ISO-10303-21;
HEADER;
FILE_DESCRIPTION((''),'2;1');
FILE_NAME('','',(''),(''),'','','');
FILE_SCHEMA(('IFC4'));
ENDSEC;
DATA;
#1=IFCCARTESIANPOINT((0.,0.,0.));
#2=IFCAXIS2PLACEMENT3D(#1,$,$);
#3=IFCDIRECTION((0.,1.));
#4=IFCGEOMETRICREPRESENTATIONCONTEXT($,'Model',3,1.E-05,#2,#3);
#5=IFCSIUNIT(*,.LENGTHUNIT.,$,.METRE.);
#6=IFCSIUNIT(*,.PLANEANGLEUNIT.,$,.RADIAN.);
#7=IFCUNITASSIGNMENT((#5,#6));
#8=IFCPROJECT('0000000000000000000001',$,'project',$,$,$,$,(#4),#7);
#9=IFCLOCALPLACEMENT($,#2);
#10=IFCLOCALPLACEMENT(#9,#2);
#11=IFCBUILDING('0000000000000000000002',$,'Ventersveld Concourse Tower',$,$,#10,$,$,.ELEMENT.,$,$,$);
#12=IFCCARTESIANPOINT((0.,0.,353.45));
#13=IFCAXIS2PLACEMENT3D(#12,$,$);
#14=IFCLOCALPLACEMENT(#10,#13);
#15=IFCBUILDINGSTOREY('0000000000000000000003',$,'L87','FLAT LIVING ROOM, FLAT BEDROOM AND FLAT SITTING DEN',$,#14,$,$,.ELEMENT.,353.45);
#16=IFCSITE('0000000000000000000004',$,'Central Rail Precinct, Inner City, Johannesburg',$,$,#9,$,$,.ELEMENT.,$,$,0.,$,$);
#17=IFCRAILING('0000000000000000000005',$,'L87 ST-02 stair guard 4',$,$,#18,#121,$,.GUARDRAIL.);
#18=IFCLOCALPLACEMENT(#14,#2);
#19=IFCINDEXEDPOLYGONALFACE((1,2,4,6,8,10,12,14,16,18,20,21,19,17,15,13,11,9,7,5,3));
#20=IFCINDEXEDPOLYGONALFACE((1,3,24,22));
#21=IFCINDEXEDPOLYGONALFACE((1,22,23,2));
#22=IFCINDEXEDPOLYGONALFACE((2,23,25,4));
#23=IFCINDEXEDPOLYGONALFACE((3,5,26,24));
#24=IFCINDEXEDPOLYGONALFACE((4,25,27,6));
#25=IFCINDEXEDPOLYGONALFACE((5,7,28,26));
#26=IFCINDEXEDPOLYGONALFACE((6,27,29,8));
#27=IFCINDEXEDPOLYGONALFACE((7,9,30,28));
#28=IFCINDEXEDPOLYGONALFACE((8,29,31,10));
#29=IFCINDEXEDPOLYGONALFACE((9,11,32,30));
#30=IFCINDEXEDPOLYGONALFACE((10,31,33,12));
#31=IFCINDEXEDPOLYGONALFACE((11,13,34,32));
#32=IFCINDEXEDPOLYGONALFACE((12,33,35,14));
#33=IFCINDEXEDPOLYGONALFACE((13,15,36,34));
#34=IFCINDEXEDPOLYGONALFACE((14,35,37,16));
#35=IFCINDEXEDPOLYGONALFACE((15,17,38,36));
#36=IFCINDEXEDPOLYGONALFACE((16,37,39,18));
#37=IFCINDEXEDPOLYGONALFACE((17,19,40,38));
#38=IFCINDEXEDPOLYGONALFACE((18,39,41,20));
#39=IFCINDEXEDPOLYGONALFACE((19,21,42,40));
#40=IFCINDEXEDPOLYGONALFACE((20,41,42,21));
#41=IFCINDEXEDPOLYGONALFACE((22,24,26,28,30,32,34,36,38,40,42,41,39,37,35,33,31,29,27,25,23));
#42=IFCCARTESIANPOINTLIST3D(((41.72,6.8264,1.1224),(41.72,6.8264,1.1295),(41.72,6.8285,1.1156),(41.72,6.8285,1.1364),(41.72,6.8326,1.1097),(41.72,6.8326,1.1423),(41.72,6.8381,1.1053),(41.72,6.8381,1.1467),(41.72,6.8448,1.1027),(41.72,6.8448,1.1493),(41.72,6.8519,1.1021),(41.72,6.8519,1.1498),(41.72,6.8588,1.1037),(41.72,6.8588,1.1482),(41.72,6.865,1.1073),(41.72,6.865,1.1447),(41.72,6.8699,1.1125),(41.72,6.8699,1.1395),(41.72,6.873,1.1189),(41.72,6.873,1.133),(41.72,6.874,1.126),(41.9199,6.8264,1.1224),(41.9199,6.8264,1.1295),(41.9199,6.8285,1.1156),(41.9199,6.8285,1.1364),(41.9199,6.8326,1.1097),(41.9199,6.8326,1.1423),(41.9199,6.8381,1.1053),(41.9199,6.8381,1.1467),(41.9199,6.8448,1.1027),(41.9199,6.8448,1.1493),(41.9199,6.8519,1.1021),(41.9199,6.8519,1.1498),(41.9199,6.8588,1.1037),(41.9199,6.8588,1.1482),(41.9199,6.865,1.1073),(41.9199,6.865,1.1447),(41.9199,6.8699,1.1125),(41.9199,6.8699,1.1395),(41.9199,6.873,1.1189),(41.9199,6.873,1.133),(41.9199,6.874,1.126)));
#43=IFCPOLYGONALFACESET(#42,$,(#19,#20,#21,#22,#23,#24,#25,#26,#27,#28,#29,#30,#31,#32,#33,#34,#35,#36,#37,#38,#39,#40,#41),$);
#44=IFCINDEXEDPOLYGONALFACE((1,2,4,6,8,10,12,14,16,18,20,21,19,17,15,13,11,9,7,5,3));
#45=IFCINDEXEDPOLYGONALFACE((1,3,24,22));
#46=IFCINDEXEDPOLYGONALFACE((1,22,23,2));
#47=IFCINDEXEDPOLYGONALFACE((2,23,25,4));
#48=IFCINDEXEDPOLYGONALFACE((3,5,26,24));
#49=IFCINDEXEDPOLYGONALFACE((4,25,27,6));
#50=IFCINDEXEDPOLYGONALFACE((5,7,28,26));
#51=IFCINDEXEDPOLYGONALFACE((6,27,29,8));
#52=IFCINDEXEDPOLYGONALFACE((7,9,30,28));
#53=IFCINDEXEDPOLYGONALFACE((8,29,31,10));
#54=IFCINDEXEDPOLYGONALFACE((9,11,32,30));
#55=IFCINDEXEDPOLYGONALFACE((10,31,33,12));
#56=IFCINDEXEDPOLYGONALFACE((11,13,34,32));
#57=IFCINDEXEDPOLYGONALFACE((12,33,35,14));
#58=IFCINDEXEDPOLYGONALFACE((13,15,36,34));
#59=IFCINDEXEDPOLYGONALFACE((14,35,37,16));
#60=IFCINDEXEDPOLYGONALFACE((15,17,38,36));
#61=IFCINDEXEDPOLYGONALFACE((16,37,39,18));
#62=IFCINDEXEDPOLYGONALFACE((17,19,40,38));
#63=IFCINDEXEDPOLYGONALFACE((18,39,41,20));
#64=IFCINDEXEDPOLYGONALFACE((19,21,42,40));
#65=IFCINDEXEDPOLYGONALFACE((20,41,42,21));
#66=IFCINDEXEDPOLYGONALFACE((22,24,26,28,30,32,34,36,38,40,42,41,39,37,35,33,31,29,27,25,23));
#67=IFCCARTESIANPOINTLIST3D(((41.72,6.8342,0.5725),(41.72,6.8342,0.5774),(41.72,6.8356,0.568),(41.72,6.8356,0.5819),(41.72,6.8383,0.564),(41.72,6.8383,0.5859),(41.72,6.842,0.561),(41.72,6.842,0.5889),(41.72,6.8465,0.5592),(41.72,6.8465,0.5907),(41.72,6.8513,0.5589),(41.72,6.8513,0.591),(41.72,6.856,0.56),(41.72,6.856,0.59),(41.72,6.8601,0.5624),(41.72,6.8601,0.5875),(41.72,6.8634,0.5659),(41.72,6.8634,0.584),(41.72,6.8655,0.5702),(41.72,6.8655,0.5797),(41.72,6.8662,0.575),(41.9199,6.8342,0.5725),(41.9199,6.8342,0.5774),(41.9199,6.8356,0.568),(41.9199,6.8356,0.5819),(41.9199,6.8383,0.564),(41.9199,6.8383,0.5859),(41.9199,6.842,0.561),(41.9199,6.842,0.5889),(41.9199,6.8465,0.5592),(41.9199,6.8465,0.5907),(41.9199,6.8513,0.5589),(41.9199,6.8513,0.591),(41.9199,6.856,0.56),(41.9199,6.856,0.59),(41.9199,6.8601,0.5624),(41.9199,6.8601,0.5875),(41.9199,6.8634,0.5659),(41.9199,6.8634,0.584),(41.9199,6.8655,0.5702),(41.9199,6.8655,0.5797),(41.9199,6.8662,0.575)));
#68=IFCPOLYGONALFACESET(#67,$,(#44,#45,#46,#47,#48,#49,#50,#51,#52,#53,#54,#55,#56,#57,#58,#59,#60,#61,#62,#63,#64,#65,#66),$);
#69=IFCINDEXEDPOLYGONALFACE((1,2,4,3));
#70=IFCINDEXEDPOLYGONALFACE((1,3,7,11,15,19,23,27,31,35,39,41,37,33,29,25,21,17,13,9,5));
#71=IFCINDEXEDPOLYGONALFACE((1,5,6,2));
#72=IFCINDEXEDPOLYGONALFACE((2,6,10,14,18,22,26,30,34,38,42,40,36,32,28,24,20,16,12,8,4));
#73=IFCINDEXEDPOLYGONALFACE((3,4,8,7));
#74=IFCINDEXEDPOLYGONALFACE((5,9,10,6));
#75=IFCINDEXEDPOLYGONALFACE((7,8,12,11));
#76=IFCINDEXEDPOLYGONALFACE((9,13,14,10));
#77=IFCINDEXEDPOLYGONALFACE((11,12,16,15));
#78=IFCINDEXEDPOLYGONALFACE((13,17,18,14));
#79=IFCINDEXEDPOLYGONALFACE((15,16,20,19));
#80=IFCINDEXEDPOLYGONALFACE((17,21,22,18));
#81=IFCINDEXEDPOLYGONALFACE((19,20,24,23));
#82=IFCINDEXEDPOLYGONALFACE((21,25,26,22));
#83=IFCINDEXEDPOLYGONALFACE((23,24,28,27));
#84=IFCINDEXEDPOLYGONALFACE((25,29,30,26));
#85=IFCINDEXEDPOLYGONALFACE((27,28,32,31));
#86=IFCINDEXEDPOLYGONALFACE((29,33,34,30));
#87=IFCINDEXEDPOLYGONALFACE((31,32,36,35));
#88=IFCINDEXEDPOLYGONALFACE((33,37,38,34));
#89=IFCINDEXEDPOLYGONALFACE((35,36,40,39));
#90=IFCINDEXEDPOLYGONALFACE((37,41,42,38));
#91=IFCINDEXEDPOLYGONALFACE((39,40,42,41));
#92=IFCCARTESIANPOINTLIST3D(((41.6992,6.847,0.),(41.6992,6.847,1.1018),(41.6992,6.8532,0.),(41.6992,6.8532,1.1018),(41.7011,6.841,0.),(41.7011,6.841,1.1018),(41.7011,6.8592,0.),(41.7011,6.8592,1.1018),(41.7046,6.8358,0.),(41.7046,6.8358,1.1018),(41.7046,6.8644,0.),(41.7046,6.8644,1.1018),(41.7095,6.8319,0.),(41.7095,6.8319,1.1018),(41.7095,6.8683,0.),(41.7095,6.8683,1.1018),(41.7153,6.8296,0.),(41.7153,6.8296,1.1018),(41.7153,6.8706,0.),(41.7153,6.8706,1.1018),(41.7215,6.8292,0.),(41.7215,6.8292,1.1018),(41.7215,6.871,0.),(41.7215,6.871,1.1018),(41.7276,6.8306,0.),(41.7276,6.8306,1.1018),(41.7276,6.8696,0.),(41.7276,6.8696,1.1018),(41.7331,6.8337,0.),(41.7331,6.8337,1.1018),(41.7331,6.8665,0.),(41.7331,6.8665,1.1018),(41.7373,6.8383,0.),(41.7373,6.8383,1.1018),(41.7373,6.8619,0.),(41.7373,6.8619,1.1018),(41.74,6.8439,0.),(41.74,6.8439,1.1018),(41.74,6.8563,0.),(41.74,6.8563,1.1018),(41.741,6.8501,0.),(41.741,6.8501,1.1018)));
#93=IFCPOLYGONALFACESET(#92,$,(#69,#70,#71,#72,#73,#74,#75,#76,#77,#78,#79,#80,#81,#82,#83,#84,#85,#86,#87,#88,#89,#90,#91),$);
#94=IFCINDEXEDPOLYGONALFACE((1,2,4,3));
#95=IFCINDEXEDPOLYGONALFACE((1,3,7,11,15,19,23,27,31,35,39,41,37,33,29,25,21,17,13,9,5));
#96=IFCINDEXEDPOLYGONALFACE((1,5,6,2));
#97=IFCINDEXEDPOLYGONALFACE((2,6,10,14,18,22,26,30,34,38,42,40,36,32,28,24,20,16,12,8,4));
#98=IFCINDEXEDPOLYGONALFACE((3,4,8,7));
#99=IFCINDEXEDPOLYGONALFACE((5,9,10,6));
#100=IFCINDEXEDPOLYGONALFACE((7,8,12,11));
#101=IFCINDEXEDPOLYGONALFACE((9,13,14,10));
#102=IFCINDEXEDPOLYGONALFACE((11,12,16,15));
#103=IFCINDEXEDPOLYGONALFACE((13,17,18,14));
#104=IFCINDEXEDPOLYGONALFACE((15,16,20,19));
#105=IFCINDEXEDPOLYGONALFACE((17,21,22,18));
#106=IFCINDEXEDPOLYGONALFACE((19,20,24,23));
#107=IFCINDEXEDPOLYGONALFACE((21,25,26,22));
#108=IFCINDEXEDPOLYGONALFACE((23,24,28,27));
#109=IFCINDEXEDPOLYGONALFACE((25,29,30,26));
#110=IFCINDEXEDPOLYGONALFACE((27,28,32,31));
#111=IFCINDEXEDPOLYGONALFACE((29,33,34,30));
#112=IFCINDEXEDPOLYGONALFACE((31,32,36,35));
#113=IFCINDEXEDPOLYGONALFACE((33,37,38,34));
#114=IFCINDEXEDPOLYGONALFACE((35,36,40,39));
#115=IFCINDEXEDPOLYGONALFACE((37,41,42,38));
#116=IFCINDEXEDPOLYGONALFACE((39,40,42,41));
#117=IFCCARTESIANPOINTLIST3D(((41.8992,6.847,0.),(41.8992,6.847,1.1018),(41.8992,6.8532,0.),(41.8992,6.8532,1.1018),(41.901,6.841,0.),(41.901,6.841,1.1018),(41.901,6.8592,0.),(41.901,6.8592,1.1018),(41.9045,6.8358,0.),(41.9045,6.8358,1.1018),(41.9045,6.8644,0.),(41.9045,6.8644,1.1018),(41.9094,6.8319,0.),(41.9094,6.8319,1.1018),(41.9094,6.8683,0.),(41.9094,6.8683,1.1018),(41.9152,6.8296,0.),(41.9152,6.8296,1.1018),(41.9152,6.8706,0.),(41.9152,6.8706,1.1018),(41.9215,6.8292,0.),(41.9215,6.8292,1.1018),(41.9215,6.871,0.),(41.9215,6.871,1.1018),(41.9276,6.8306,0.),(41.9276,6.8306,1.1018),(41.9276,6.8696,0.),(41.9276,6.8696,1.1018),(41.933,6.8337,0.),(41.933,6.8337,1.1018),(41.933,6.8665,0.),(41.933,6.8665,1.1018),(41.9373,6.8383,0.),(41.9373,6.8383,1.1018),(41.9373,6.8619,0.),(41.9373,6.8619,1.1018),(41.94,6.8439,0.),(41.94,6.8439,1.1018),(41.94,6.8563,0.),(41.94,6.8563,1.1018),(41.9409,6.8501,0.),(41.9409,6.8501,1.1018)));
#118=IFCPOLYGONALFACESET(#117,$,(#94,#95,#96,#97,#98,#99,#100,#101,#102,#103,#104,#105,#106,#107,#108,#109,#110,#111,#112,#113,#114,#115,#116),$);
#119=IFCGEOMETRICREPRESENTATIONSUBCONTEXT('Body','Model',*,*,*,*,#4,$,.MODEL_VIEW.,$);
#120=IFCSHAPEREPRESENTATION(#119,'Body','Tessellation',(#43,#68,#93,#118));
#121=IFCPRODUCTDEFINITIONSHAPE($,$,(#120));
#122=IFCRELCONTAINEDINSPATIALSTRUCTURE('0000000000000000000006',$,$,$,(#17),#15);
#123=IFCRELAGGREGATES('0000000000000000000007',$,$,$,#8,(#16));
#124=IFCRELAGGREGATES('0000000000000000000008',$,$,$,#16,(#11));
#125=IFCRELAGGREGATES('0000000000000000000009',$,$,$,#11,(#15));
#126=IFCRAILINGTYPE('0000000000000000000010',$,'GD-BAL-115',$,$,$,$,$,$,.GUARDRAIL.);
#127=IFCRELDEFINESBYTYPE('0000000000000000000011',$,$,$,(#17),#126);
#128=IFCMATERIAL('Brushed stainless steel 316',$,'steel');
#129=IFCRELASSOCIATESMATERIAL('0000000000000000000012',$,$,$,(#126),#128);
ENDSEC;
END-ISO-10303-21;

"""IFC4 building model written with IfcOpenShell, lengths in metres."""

from ifc_helpers import new_model, si_unit, direction, frame, origin, origin_2d, place, context, subcontext, project, spatial, circle, extrude, material, type_object, element, save


model = new_model("IFC4")

# Units and contexts
model_context = context("Model", 3, precision=1e-05, world=origin(), true_north=direction((0.0, 1.0)))
body_context = subcontext(model_context, "Body", "Model", "MODEL_VIEW")
ifc_project = project(units=[si_unit("LENGTHUNIT", "METRE"), si_unit("PLANEANGLEUNIT", "RADIAN")], contexts=[model_context])

# Site, building, storey
site_placement = place(None, origin())
site = spatial("IfcSite", under=ifc_project, at=site_placement, Name="Central Rail Precinct, Inner City, Johannesburg", CompositionType="ELEMENT", RefElevation=0.0)
building_placement = place(site_placement, origin())
building = spatial("IfcBuilding", under=site, at=building_placement, Name="Ventersveld Concourse Tower", CompositionType="ELEMENT")
storey_placement = place(building_placement, frame((0.0, 0.0, 353.45)))
storey = spatial("IfcBuildingStorey", under=building, at=storey_placement, Name="L87", Description="FLAT LIVING ROOM, FLAT BEDROOM AND FLAT SITTING DEN", CompositionType="ELEMENT", Elevation=353.45)

# Shared definitions
ifc_material_1 = material(Name="Brushed stainless steel 316", Category="steel")

# Railing
railing_type_1 = type_object("IfcRailingType", Name="GD-BAL-115", PredefinedType="GUARDRAIL", material=ifc_material_1)
railing_1_placement = place(storey_placement, frame((41.72, 6.8501, 0.0)))
element("IfcRailing", 1, at=railing_1_placement, inside=storey, type_object=railing_type_1, Name="L87 ST-02 stair guard 4", PredefinedType="GUARDRAIL", context=body_context, shape_type="SweptSolid", body=[
    extrude(circle(Radius=0.0239, at=origin_2d()), frame((0.0, 0.0, 1.126), z_axis=(1.0, 0.0, 0.0), x_axis=(0.0, 1.0, 0.0)), (0.0, 0.0, 1.0), 0.2),
    extrude(circle(Radius=0.0161, at=origin_2d()), frame((0.0, 0.0, 0.575), z_axis=(1.0, 0.0, 0.0), x_axis=(0.0, 1.0, 0.0)), (0.0, 0.0, 1.0), 0.2),
    extrude(circle(Radius=0.021, at=origin_2d()), origin(), (0.0, 0.0, 1.0), 1.1018),
    extrude(circle(Radius=0.021, at=origin_2d()), frame((0.2, 0.0, 0.0)), (0.0, 0.0, 1.0), 1.1018),
])

save(model, "model.ifc")
